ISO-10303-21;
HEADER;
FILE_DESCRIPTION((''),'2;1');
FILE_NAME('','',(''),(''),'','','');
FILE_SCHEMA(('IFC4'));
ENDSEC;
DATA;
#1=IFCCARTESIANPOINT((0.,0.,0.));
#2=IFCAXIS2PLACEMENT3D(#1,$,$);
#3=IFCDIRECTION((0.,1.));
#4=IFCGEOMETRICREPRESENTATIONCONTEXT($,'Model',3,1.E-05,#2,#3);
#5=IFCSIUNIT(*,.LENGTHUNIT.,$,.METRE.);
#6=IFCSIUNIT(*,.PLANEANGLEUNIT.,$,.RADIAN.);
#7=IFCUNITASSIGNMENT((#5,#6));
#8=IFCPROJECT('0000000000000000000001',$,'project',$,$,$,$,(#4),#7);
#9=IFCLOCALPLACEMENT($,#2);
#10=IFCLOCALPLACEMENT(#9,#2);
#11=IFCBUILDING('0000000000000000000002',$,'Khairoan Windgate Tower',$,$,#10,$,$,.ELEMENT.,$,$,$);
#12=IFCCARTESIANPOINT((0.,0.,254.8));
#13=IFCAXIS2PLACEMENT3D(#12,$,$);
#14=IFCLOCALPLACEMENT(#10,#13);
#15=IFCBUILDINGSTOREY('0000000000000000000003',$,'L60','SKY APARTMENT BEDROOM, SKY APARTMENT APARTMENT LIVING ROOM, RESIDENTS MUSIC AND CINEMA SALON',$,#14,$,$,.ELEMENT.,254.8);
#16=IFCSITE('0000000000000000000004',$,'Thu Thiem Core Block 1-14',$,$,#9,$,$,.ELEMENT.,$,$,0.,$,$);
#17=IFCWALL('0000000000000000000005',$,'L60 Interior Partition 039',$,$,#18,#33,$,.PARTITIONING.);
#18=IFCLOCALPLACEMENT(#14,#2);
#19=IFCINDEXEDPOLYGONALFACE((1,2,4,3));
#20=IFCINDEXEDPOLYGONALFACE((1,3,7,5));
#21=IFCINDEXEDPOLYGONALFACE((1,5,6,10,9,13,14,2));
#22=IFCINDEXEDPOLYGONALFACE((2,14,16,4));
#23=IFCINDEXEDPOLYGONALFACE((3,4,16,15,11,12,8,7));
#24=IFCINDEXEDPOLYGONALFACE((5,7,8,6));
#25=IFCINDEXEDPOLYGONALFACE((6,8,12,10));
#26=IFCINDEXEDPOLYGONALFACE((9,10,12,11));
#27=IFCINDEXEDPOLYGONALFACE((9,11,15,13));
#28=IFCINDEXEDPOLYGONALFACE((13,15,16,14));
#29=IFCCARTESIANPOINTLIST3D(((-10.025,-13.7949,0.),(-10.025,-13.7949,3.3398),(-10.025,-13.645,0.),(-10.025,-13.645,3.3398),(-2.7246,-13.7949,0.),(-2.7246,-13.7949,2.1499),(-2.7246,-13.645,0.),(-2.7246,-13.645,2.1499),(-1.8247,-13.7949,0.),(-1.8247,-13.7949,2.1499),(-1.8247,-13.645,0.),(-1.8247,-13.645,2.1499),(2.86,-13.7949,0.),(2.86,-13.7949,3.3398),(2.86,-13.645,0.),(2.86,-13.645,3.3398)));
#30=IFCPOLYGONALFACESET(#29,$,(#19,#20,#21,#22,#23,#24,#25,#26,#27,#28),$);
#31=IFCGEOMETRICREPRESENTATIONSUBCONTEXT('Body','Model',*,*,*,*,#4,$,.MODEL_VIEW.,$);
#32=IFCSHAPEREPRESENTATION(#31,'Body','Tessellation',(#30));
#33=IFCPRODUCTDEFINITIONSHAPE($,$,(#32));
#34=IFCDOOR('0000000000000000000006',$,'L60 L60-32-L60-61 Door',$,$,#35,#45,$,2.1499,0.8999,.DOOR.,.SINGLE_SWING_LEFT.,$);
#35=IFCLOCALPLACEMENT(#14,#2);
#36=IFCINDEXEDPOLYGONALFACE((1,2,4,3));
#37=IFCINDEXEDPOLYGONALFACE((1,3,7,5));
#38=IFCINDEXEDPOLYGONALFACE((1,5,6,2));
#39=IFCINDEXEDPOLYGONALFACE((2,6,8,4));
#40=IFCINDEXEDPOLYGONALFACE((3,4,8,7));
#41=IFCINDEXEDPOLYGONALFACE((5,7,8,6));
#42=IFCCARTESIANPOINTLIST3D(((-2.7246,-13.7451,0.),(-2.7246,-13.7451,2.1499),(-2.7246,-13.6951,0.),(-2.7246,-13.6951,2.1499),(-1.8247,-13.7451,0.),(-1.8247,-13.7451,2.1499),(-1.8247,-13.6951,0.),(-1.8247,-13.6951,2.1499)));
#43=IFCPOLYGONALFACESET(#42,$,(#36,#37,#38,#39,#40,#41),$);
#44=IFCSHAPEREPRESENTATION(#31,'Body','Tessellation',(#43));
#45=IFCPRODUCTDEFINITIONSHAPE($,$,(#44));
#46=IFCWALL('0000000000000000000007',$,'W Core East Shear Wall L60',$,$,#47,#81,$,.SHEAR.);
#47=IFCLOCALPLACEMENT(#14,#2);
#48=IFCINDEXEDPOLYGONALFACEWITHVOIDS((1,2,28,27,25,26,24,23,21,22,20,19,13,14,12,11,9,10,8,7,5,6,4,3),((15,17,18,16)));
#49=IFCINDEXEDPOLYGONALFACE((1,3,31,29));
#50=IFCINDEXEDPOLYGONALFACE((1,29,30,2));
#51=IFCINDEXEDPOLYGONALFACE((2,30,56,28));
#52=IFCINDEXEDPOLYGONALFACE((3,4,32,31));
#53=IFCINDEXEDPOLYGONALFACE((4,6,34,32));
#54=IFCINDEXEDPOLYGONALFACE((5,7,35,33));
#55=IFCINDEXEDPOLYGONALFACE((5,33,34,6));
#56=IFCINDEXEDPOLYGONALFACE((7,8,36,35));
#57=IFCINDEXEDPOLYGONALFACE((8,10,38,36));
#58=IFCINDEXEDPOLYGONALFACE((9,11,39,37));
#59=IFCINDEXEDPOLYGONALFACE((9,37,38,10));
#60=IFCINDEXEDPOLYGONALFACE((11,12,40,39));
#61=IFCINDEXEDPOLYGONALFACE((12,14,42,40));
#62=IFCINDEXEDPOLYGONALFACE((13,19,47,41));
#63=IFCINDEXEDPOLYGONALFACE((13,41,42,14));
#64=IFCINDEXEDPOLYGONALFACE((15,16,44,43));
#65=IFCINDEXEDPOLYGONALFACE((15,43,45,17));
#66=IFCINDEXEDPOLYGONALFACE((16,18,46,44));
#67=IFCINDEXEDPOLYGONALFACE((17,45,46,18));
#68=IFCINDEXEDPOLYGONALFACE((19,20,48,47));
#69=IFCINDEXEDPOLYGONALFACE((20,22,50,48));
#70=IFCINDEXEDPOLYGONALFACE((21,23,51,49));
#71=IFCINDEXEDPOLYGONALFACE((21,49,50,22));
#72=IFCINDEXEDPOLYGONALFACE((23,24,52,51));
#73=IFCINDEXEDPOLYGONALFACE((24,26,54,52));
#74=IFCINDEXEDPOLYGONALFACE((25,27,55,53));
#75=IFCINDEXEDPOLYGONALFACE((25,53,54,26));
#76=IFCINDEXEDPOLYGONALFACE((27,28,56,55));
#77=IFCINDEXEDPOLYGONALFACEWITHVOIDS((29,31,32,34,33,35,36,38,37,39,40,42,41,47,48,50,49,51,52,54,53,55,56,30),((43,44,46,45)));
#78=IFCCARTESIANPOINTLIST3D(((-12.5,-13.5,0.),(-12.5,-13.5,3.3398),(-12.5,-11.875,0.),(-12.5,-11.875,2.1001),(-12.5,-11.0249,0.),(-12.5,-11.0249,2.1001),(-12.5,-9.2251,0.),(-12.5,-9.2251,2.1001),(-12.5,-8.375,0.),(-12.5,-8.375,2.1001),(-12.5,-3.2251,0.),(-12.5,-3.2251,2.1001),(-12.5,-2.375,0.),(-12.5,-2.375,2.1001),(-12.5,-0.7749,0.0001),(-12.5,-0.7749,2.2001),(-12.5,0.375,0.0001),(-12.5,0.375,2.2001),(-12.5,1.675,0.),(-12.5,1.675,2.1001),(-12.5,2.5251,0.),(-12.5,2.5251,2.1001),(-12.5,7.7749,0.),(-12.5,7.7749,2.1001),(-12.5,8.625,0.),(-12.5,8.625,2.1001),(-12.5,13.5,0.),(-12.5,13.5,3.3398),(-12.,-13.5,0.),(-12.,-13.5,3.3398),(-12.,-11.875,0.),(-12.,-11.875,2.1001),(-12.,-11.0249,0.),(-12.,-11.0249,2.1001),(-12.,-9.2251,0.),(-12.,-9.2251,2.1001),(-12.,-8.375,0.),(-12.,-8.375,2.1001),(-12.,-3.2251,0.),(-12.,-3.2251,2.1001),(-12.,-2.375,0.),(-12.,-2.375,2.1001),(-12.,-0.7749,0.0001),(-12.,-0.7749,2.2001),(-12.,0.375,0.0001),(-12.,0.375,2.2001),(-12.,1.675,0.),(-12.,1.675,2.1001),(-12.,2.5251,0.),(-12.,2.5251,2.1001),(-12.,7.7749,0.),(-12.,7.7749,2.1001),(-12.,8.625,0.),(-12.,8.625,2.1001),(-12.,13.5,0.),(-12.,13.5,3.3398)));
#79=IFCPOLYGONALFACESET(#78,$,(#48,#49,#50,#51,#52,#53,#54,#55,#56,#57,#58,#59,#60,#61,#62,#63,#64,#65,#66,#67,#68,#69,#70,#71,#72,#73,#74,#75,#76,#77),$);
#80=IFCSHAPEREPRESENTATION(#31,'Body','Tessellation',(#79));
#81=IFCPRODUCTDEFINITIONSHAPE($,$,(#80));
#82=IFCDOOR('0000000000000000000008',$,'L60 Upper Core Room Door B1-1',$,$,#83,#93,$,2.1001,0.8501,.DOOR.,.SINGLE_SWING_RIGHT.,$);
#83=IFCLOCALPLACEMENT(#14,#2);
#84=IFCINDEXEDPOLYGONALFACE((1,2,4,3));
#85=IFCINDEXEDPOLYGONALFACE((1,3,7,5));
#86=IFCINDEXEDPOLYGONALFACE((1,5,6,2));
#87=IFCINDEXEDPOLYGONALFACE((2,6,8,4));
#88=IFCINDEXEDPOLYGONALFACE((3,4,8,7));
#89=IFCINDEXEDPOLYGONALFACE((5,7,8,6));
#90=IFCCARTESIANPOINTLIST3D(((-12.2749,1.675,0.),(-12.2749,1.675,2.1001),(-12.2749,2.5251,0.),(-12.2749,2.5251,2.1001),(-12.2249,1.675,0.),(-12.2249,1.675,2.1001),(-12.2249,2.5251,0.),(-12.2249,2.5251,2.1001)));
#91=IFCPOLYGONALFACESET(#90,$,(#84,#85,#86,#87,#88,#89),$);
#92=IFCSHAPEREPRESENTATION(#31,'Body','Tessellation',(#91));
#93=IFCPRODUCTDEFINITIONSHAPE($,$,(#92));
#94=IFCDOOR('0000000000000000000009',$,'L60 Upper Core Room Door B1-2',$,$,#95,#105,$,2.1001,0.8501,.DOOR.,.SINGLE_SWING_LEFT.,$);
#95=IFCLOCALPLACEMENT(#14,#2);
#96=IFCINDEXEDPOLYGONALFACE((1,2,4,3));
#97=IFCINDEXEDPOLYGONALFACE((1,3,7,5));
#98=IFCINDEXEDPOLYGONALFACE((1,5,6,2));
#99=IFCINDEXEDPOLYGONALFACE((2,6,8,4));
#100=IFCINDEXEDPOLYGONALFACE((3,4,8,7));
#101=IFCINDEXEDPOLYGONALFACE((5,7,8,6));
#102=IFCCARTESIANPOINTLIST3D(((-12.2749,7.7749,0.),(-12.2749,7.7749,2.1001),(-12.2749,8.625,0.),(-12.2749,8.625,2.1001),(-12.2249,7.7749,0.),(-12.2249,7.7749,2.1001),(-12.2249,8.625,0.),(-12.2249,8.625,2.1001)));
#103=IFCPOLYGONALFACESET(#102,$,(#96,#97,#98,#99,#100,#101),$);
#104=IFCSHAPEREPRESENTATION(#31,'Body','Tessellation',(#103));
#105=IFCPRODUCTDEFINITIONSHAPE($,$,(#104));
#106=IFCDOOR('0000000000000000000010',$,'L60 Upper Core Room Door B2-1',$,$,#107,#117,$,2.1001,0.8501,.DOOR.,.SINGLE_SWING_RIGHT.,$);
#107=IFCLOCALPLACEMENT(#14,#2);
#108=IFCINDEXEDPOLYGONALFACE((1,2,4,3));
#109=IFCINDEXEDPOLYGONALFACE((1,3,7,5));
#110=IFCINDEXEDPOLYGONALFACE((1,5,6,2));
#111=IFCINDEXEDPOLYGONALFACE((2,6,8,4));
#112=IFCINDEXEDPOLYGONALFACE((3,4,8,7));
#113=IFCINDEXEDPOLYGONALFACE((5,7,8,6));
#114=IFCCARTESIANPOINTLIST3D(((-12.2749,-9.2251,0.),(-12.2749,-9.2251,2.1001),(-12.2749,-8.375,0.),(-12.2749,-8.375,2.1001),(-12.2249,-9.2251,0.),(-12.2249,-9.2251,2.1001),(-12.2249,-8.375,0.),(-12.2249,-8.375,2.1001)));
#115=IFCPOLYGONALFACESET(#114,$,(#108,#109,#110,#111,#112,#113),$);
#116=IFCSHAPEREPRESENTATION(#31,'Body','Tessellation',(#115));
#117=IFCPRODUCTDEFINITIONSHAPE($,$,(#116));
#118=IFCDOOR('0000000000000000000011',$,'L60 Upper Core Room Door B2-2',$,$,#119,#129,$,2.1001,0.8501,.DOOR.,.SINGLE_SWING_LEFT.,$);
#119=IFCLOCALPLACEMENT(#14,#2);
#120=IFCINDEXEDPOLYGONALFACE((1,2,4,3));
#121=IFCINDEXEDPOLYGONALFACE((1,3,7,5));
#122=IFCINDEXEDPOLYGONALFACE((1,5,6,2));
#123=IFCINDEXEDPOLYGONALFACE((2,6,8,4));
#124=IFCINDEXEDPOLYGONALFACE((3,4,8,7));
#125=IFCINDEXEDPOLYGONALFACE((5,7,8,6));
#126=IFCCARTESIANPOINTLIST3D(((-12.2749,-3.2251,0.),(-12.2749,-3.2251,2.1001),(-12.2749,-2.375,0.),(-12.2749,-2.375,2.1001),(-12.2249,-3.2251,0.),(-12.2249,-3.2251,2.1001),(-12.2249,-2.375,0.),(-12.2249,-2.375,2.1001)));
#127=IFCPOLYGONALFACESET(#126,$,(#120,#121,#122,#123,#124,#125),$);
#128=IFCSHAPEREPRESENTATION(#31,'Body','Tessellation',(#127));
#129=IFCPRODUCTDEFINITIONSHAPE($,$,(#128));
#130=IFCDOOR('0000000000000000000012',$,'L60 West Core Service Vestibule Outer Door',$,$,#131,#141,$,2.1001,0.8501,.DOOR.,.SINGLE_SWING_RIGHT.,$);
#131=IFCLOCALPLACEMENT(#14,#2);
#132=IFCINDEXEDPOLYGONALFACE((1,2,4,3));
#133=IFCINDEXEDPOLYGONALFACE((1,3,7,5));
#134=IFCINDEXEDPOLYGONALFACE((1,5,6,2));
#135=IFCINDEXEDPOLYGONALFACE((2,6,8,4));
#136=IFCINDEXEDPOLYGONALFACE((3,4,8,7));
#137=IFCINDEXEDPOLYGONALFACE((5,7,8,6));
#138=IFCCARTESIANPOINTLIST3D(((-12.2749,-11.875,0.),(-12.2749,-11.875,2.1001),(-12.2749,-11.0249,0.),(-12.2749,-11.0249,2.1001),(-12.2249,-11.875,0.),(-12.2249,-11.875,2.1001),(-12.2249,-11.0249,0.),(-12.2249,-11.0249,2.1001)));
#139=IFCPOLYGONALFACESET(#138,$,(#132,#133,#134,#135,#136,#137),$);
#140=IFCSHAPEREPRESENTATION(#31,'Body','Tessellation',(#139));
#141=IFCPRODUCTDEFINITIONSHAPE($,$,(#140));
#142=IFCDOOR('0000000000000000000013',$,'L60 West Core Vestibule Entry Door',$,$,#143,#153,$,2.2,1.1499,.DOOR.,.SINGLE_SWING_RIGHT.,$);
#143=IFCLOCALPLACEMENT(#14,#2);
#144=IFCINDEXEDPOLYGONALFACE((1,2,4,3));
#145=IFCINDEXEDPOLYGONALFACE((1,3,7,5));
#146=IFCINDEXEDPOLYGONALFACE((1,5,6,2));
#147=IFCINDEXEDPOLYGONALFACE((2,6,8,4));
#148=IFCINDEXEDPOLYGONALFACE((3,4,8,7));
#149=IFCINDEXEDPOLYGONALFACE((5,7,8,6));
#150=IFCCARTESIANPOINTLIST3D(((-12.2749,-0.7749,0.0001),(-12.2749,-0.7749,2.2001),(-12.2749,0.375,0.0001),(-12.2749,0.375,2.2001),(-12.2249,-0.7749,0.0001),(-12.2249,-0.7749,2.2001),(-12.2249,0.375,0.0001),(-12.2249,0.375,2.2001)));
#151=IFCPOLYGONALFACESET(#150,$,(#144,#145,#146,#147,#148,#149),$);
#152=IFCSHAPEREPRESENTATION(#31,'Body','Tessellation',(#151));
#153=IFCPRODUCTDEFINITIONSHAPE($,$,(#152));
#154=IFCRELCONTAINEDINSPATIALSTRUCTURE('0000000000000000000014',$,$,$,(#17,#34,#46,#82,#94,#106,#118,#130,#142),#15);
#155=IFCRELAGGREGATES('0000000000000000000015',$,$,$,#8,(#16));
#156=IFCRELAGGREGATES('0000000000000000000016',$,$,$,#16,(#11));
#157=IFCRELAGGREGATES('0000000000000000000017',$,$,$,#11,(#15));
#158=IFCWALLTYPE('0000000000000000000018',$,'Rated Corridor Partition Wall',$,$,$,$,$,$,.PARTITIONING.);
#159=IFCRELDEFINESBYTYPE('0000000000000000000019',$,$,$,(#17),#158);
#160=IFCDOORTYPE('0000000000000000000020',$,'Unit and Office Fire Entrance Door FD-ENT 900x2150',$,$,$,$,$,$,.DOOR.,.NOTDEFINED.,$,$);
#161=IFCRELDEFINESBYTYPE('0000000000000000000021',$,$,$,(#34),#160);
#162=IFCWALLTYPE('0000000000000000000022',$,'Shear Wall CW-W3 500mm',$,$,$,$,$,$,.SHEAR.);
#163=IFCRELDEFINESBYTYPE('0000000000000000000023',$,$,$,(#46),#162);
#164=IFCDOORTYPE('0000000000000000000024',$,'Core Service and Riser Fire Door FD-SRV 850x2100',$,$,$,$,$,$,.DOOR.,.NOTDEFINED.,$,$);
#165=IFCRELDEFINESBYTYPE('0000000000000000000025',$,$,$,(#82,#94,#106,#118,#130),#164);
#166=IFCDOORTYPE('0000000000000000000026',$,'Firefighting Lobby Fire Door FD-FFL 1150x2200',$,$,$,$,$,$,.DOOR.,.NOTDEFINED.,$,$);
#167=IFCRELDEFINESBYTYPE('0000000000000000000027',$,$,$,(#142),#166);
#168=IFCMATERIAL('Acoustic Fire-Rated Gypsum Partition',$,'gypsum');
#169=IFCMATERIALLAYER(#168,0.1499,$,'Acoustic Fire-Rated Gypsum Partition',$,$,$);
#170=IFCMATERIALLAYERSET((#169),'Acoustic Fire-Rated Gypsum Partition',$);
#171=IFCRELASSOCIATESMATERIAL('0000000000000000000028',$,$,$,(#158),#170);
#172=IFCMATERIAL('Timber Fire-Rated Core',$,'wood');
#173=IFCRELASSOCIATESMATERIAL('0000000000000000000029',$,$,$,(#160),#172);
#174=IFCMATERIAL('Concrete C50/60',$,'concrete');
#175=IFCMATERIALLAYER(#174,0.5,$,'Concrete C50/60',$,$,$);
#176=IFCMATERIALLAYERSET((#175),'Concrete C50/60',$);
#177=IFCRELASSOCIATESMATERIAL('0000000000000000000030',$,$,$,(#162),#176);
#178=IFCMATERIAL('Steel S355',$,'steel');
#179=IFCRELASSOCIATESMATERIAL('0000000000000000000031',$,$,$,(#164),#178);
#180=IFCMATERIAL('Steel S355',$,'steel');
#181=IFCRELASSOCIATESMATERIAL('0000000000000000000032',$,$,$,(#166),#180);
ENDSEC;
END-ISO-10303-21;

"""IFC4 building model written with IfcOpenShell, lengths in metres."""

from ifc_helpers import new_model, si_unit, direction, frame, frame_2d, origin, place, context, subcontext, project, spatial, rectangle, extrude, material, layer, layer_set, type_object, element, fill, save


model = new_model("IFC4")

# Units and contexts
model_context = context("Model", 3, precision=1e-05, world=origin(), true_north=direction((0.0, 1.0)))
body_context = subcontext(model_context, "Body", "Model", "MODEL_VIEW")
ifc_project = project(units=[si_unit("LENGTHUNIT", "METRE"), si_unit("PLANEANGLEUNIT", "RADIAN")], contexts=[model_context])

# Site, building, storey
site_placement = place(None, origin())
site = spatial("IfcSite", under=ifc_project, at=site_placement, Name="Thu Thiem Core Block 1-14", CompositionType="ELEMENT", RefElevation=0.0)
building_placement = place(site_placement, origin())
building = spatial("IfcBuilding", under=site, at=building_placement, Name="Khairoan Windgate Tower", CompositionType="ELEMENT")
storey_placement = place(building_placement, frame((0.0, 0.0, 254.8)))
storey = spatial("IfcBuildingStorey", under=building, at=storey_placement, Name="L60", Description="SKY APARTMENT BEDROOM, SKY APARTMENT APARTMENT LIVING ROOM, RESIDENTS MUSIC AND CINEMA SALON", CompositionType="ELEMENT", Elevation=254.8)

# Shared definitions
ifc_material_1 = material(Name="Acoustic Fire-Rated Gypsum Partition", Category="gypsum")
ifc_layer_1 = layer(ifc_material_1, 0.1499, Name="Acoustic Fire-Rated Gypsum Partition")
ifc_layer_set_1 = layer_set([ifc_layer_1], Name="Acoustic Fire-Rated Gypsum Partition")
wall_type_1 = type_object("IfcWallType", Name="Rated Corridor Partition Wall", PredefinedType="PARTITIONING", material=ifc_layer_set_1)
ifc_material_2 = material(Name="Timber Fire-Rated Core", Category="wood")
door_type_1 = type_object("IfcDoorType", Name="Unit and Office Fire Entrance Door FD-ENT 900x2150", OperationType="NOTDEFINED", PredefinedType="DOOR", material=ifc_material_2)

# Wall, opening, door
wall_1_placement = place(storey_placement, frame((-10.0249, -13.72, 0.0), z_axis=(0.0, 0.0, 1.0), x_axis=(1.0, 0.0, 0.0)))
wall_1 = element("IfcWall", 1, at=wall_1_placement, inside=storey, type_object=wall_type_1, Name="L60 Interior Partition 039", PredefinedType="PARTITIONING", context=body_context, shape_type="SweptSolid", body=[
    extrude(rectangle(XDim=12.885, YDim=0.1499, at=frame_2d((6.4424, 0.0))), origin(), (0.0, 0.0, 1.0), 3.3398),
])
opening_1_placement = place(wall_1_placement, frame((7.3003, 0.0, 0.0)))
opening_1 = element("IfcOpeningElement", 2, at=opening_1_placement, cuts=wall_1, PredefinedType="OPENING", context=body_context, shape_type="SweptSolid", body=[
    extrude(rectangle(XDim=0.8999, YDim=2.1499, at=frame_2d((0.45, 1.075))), frame((0.0, 0.085, 0.0), z_axis=(0.0, -1.0, 0.0), x_axis=(1.0, 0.0, 0.0)), (0.0, 0.0, 1.0), 0.1699),
])
door_1_placement = place(opening_1_placement, origin())
door_1 = element("IfcDoor", 3, at=door_1_placement, inside=storey, type_object=door_type_1, Name="L60 L60-32-L60-61 Door", OperationType="SINGLE_SWING_LEFT", OverallHeight=2.1499, OverallWidth=0.8999, PredefinedType="DOOR", context=body_context, shape_type="SweptSolid", body=[
    extrude(rectangle(XDim=0.8999, YDim=2.1499, at=frame_2d((0.45, 1.075))), frame((0.0, 0.0249, 0.0), z_axis=(0.0, -1.0, 0.0), x_axis=(1.0, 0.0, 0.0)), (0.0, 0.0, 1.0), 0.05),
])
fill(opening_1, door_1)

# Wall, openings, doors
ifc_material_3 = material(Name="Concrete C50/60", Category="concrete")
ifc_layer_2 = layer(ifc_material_3, 0.5, Name="Concrete C50/60")
ifc_layer_set_2 = layer_set([ifc_layer_2], Name="Concrete C50/60")
wall_type_2 = type_object("IfcWallType", Name="Shear Wall CW-W3 500mm", PredefinedType="SHEAR", material=ifc_layer_set_2)
wall_2_placement = place(storey_placement, frame((-12.25, -13.5, 0.0), z_axis=(0.0, 0.0, 1.0), x_axis=(0.0, 1.0, 0.0)))
wall_2 = element("IfcWall", 4, at=wall_2_placement, inside=storey, type_object=wall_type_2, Name="W Core East Shear Wall L60", PredefinedType="SHEAR", context=body_context, shape_type="SweptSolid", body=[
    extrude(rectangle(XDim=27.0, YDim=0.5, at=frame_2d((13.5, 0.0))), origin(), (0.0, 0.0, 1.0), 3.3398),
])
opening_2_placement = place(wall_2_placement, frame((15.175, 0.0, 0.0)))
opening_2 = element("IfcOpeningElement", 5, at=opening_2_placement, cuts=wall_2, PredefinedType="OPENING", context=body_context, shape_type="SweptSolid", body=[
    extrude(rectangle(XDim=0.8501, YDim=2.1001, at=frame_2d((0.425, 1.05))), frame((0.0, 0.26, 0.0), z_axis=(0.0, -1.0, 0.0), x_axis=(1.0, 0.0, 0.0)), (0.0, 0.0, 1.0), 0.52),
])
opening_3_placement = place(wall_2_placement, frame((21.2749, 0.0, 0.0)))
opening_3 = element("IfcOpeningElement", 6, at=opening_3_placement, cuts=wall_2, PredefinedType="OPENING", context=body_context, shape_type="SweptSolid", body=[
    extrude(rectangle(XDim=0.8501, YDim=2.1001, at=frame_2d((0.425, 1.05))), frame((0.0, 0.26, 0.0), z_axis=(0.0, -1.0, 0.0), x_axis=(1.0, 0.0, 0.0)), (0.0, 0.0, 1.0), 0.52),
])
opening_4_placement = place(wall_2_placement, frame((4.2749, 0.0, 0.0)))
opening_4 = element("IfcOpeningElement", 7, at=opening_4_placement, cuts=wall_2, PredefinedType="OPENING", context=body_context, shape_type="SweptSolid", body=[
    extrude(rectangle(XDim=0.8501, YDim=2.1001, at=frame_2d((0.425, 1.05))), frame((0.0, 0.26, 0.0), z_axis=(0.0, -1.0, 0.0), x_axis=(1.0, 0.0, 0.0)), (0.0, 0.0, 1.0), 0.52),
])
opening_5_placement = place(wall_2_placement, frame((10.2749, 0.0, 0.0)))
opening_5 = element("IfcOpeningElement", 8, at=opening_5_placement, cuts=wall_2, PredefinedType="OPENING", context=body_context, shape_type="SweptSolid", body=[
    extrude(rectangle(XDim=0.8501, YDim=2.1001, at=frame_2d((0.425, 1.05))), frame((0.0, 0.26, 0.0), z_axis=(0.0, -1.0, 0.0), x_axis=(1.0, 0.0, 0.0)), (0.0, 0.0, 1.0), 0.52),
])
opening_6_placement = place(wall_2_placement, frame((12.7251, 0.0, 0.0)))
opening_6 = element("IfcOpeningElement", 9, at=opening_6_placement, cuts=wall_2, PredefinedType="OPENING", context=body_context, shape_type="SweptSolid", body=[
    extrude(rectangle(XDim=1.1499, YDim=2.2, at=frame_2d((0.575, 1.1001))), frame((0.0, 0.26, 0.0), z_axis=(0.0, -1.0, 0.0), x_axis=(1.0, 0.0, 0.0)), (0.0, 0.0, 1.0), 0.52),
])
opening_7_placement = place(wall_2_placement, frame((1.625, 0.0, 0.0)))
opening_7 = element("IfcOpeningElement", 10, at=opening_7_placement, cuts=wall_2, PredefinedType="OPENING", context=body_context, shape_type="SweptSolid", body=[
    extrude(rectangle(XDim=0.8501, YDim=2.1001, at=frame_2d((0.425, 1.05))), frame((0.0, 0.26, 0.0), z_axis=(0.0, -1.0, 0.0), x_axis=(1.0, 0.0, 0.0)), (0.0, 0.0, 1.0), 0.52),
])
ifc_material_4 = material(Name="Steel S355", Category="steel")
door_type_2 = type_object("IfcDoorType", Name="Core Service and Riser Fire Door FD-SRV 850x2100", OperationType="NOTDEFINED", PredefinedType="DOOR", material=ifc_material_4)
door_2_placement = place(opening_2_placement, origin())
door_2 = element("IfcDoor", 11, at=door_2_placement, inside=storey, type_object=door_type_2, Name="L60 Upper Core Room Door B1-1", OperationType="SINGLE_SWING_RIGHT", OverallHeight=2.1001, OverallWidth=0.8501, PredefinedType="DOOR", context=body_context, shape_type="SweptSolid", body=[
    extrude(rectangle(XDim=0.8501, YDim=2.1001, at=frame_2d((0.425, 1.05))), frame((0.0, 0.0249, 0.0), z_axis=(0.0, -1.0, 0.0), x_axis=(1.0, 0.0, 0.0)), (0.0, 0.0, 1.0), 0.05),
])
fill(opening_2, door_2)
door_3_placement = place(opening_3_placement, origin())
door_3 = element("IfcDoor", 12, at=door_3_placement, inside=storey, type_object=door_type_2, Name="L60 Upper Core Room Door B1-2", OperationType="SINGLE_SWING_LEFT", OverallHeight=2.1001, OverallWidth=0.8501, PredefinedType="DOOR", context=body_context, shape_type="SweptSolid", body=[
    extrude(rectangle(XDim=0.8501, YDim=2.1001, at=frame_2d((0.425, 1.05))), frame((0.0, 0.0249, 0.0), z_axis=(0.0, -1.0, 0.0), x_axis=(1.0, 0.0, 0.0)), (0.0, 0.0, 1.0), 0.05),
])
fill(opening_3, door_3)
door_4_placement = place(opening_4_placement, origin())
door_4 = element("IfcDoor", 13, at=door_4_placement, inside=storey, type_object=door_type_2, Name="L60 Upper Core Room Door B2-1", OperationType="SINGLE_SWING_RIGHT", OverallHeight=2.1001, OverallWidth=0.8501, PredefinedType="DOOR", context=body_context, shape_type="SweptSolid", body=[
    extrude(rectangle(XDim=0.8501, YDim=2.1001, at=frame_2d((0.425, 1.05))), frame((0.0, 0.0249, 0.0), z_axis=(0.0, -1.0, 0.0), x_axis=(1.0, 0.0, 0.0)), (0.0, 0.0, 1.0), 0.05),
])
fill(opening_4, door_4)
door_5_placement = place(opening_5_placement, origin())
door_5 = element("IfcDoor", 14, at=door_5_placement, inside=storey, type_object=door_type_2, Name="L60 Upper Core Room Door B2-2", OperationType="SINGLE_SWING_LEFT", OverallHeight=2.1001, OverallWidth=0.8501, PredefinedType="DOOR", context=body_context, shape_type="SweptSolid", body=[
    extrude(rectangle(XDim=0.8501, YDim=2.1001, at=frame_2d((0.425, 1.05))), frame((0.0, 0.0249, 0.0), z_axis=(0.0, -1.0, 0.0), x_axis=(1.0, 0.0, 0.0)), (0.0, 0.0, 1.0), 0.05),
])
fill(opening_5, door_5)
door_6_placement = place(opening_7_placement, origin())
door_6 = element("IfcDoor", 15, at=door_6_placement, inside=storey, type_object=door_type_2, Name="L60 West Core Service Vestibule Outer Door", OperationType="SINGLE_SWING_RIGHT", OverallHeight=2.1001, OverallWidth=0.8501, PredefinedType="DOOR", context=body_context, shape_type="SweptSolid", body=[
    extrude(rectangle(XDim=0.8501, YDim=2.1001, at=frame_2d((0.425, 1.05))), frame((0.0, 0.0249, 0.0), z_axis=(0.0, -1.0, 0.0), x_axis=(1.0, 0.0, 0.0)), (0.0, 0.0, 1.0), 0.05),
])
fill(opening_7, door_6)
ifc_material_5 = material(Name="Steel S355", Category="steel")
door_type_3 = type_object("IfcDoorType", Name="Firefighting Lobby Fire Door FD-FFL 1150x2200", OperationType="NOTDEFINED", PredefinedType="DOOR", material=ifc_material_5)
door_7_placement = place(opening_6_placement, origin())
door_7 = element("IfcDoor", 16, at=door_7_placement, inside=storey, type_object=door_type_3, Name="L60 West Core Vestibule Entry Door", OperationType="SINGLE_SWING_RIGHT", OverallHeight=2.2, OverallWidth=1.1499, PredefinedType="DOOR", context=body_context, shape_type="SweptSolid", body=[
    extrude(rectangle(XDim=1.1499, YDim=2.2, at=frame_2d((0.575, 1.1001))), frame((0.0, 0.0249, 0.0), z_axis=(0.0, -1.0, 0.0), x_axis=(1.0, 0.0, 0.0)), (0.0, 0.0, 1.0), 0.05),
])
fill(opening_6, door_7)

save(model, "model.ifc")
